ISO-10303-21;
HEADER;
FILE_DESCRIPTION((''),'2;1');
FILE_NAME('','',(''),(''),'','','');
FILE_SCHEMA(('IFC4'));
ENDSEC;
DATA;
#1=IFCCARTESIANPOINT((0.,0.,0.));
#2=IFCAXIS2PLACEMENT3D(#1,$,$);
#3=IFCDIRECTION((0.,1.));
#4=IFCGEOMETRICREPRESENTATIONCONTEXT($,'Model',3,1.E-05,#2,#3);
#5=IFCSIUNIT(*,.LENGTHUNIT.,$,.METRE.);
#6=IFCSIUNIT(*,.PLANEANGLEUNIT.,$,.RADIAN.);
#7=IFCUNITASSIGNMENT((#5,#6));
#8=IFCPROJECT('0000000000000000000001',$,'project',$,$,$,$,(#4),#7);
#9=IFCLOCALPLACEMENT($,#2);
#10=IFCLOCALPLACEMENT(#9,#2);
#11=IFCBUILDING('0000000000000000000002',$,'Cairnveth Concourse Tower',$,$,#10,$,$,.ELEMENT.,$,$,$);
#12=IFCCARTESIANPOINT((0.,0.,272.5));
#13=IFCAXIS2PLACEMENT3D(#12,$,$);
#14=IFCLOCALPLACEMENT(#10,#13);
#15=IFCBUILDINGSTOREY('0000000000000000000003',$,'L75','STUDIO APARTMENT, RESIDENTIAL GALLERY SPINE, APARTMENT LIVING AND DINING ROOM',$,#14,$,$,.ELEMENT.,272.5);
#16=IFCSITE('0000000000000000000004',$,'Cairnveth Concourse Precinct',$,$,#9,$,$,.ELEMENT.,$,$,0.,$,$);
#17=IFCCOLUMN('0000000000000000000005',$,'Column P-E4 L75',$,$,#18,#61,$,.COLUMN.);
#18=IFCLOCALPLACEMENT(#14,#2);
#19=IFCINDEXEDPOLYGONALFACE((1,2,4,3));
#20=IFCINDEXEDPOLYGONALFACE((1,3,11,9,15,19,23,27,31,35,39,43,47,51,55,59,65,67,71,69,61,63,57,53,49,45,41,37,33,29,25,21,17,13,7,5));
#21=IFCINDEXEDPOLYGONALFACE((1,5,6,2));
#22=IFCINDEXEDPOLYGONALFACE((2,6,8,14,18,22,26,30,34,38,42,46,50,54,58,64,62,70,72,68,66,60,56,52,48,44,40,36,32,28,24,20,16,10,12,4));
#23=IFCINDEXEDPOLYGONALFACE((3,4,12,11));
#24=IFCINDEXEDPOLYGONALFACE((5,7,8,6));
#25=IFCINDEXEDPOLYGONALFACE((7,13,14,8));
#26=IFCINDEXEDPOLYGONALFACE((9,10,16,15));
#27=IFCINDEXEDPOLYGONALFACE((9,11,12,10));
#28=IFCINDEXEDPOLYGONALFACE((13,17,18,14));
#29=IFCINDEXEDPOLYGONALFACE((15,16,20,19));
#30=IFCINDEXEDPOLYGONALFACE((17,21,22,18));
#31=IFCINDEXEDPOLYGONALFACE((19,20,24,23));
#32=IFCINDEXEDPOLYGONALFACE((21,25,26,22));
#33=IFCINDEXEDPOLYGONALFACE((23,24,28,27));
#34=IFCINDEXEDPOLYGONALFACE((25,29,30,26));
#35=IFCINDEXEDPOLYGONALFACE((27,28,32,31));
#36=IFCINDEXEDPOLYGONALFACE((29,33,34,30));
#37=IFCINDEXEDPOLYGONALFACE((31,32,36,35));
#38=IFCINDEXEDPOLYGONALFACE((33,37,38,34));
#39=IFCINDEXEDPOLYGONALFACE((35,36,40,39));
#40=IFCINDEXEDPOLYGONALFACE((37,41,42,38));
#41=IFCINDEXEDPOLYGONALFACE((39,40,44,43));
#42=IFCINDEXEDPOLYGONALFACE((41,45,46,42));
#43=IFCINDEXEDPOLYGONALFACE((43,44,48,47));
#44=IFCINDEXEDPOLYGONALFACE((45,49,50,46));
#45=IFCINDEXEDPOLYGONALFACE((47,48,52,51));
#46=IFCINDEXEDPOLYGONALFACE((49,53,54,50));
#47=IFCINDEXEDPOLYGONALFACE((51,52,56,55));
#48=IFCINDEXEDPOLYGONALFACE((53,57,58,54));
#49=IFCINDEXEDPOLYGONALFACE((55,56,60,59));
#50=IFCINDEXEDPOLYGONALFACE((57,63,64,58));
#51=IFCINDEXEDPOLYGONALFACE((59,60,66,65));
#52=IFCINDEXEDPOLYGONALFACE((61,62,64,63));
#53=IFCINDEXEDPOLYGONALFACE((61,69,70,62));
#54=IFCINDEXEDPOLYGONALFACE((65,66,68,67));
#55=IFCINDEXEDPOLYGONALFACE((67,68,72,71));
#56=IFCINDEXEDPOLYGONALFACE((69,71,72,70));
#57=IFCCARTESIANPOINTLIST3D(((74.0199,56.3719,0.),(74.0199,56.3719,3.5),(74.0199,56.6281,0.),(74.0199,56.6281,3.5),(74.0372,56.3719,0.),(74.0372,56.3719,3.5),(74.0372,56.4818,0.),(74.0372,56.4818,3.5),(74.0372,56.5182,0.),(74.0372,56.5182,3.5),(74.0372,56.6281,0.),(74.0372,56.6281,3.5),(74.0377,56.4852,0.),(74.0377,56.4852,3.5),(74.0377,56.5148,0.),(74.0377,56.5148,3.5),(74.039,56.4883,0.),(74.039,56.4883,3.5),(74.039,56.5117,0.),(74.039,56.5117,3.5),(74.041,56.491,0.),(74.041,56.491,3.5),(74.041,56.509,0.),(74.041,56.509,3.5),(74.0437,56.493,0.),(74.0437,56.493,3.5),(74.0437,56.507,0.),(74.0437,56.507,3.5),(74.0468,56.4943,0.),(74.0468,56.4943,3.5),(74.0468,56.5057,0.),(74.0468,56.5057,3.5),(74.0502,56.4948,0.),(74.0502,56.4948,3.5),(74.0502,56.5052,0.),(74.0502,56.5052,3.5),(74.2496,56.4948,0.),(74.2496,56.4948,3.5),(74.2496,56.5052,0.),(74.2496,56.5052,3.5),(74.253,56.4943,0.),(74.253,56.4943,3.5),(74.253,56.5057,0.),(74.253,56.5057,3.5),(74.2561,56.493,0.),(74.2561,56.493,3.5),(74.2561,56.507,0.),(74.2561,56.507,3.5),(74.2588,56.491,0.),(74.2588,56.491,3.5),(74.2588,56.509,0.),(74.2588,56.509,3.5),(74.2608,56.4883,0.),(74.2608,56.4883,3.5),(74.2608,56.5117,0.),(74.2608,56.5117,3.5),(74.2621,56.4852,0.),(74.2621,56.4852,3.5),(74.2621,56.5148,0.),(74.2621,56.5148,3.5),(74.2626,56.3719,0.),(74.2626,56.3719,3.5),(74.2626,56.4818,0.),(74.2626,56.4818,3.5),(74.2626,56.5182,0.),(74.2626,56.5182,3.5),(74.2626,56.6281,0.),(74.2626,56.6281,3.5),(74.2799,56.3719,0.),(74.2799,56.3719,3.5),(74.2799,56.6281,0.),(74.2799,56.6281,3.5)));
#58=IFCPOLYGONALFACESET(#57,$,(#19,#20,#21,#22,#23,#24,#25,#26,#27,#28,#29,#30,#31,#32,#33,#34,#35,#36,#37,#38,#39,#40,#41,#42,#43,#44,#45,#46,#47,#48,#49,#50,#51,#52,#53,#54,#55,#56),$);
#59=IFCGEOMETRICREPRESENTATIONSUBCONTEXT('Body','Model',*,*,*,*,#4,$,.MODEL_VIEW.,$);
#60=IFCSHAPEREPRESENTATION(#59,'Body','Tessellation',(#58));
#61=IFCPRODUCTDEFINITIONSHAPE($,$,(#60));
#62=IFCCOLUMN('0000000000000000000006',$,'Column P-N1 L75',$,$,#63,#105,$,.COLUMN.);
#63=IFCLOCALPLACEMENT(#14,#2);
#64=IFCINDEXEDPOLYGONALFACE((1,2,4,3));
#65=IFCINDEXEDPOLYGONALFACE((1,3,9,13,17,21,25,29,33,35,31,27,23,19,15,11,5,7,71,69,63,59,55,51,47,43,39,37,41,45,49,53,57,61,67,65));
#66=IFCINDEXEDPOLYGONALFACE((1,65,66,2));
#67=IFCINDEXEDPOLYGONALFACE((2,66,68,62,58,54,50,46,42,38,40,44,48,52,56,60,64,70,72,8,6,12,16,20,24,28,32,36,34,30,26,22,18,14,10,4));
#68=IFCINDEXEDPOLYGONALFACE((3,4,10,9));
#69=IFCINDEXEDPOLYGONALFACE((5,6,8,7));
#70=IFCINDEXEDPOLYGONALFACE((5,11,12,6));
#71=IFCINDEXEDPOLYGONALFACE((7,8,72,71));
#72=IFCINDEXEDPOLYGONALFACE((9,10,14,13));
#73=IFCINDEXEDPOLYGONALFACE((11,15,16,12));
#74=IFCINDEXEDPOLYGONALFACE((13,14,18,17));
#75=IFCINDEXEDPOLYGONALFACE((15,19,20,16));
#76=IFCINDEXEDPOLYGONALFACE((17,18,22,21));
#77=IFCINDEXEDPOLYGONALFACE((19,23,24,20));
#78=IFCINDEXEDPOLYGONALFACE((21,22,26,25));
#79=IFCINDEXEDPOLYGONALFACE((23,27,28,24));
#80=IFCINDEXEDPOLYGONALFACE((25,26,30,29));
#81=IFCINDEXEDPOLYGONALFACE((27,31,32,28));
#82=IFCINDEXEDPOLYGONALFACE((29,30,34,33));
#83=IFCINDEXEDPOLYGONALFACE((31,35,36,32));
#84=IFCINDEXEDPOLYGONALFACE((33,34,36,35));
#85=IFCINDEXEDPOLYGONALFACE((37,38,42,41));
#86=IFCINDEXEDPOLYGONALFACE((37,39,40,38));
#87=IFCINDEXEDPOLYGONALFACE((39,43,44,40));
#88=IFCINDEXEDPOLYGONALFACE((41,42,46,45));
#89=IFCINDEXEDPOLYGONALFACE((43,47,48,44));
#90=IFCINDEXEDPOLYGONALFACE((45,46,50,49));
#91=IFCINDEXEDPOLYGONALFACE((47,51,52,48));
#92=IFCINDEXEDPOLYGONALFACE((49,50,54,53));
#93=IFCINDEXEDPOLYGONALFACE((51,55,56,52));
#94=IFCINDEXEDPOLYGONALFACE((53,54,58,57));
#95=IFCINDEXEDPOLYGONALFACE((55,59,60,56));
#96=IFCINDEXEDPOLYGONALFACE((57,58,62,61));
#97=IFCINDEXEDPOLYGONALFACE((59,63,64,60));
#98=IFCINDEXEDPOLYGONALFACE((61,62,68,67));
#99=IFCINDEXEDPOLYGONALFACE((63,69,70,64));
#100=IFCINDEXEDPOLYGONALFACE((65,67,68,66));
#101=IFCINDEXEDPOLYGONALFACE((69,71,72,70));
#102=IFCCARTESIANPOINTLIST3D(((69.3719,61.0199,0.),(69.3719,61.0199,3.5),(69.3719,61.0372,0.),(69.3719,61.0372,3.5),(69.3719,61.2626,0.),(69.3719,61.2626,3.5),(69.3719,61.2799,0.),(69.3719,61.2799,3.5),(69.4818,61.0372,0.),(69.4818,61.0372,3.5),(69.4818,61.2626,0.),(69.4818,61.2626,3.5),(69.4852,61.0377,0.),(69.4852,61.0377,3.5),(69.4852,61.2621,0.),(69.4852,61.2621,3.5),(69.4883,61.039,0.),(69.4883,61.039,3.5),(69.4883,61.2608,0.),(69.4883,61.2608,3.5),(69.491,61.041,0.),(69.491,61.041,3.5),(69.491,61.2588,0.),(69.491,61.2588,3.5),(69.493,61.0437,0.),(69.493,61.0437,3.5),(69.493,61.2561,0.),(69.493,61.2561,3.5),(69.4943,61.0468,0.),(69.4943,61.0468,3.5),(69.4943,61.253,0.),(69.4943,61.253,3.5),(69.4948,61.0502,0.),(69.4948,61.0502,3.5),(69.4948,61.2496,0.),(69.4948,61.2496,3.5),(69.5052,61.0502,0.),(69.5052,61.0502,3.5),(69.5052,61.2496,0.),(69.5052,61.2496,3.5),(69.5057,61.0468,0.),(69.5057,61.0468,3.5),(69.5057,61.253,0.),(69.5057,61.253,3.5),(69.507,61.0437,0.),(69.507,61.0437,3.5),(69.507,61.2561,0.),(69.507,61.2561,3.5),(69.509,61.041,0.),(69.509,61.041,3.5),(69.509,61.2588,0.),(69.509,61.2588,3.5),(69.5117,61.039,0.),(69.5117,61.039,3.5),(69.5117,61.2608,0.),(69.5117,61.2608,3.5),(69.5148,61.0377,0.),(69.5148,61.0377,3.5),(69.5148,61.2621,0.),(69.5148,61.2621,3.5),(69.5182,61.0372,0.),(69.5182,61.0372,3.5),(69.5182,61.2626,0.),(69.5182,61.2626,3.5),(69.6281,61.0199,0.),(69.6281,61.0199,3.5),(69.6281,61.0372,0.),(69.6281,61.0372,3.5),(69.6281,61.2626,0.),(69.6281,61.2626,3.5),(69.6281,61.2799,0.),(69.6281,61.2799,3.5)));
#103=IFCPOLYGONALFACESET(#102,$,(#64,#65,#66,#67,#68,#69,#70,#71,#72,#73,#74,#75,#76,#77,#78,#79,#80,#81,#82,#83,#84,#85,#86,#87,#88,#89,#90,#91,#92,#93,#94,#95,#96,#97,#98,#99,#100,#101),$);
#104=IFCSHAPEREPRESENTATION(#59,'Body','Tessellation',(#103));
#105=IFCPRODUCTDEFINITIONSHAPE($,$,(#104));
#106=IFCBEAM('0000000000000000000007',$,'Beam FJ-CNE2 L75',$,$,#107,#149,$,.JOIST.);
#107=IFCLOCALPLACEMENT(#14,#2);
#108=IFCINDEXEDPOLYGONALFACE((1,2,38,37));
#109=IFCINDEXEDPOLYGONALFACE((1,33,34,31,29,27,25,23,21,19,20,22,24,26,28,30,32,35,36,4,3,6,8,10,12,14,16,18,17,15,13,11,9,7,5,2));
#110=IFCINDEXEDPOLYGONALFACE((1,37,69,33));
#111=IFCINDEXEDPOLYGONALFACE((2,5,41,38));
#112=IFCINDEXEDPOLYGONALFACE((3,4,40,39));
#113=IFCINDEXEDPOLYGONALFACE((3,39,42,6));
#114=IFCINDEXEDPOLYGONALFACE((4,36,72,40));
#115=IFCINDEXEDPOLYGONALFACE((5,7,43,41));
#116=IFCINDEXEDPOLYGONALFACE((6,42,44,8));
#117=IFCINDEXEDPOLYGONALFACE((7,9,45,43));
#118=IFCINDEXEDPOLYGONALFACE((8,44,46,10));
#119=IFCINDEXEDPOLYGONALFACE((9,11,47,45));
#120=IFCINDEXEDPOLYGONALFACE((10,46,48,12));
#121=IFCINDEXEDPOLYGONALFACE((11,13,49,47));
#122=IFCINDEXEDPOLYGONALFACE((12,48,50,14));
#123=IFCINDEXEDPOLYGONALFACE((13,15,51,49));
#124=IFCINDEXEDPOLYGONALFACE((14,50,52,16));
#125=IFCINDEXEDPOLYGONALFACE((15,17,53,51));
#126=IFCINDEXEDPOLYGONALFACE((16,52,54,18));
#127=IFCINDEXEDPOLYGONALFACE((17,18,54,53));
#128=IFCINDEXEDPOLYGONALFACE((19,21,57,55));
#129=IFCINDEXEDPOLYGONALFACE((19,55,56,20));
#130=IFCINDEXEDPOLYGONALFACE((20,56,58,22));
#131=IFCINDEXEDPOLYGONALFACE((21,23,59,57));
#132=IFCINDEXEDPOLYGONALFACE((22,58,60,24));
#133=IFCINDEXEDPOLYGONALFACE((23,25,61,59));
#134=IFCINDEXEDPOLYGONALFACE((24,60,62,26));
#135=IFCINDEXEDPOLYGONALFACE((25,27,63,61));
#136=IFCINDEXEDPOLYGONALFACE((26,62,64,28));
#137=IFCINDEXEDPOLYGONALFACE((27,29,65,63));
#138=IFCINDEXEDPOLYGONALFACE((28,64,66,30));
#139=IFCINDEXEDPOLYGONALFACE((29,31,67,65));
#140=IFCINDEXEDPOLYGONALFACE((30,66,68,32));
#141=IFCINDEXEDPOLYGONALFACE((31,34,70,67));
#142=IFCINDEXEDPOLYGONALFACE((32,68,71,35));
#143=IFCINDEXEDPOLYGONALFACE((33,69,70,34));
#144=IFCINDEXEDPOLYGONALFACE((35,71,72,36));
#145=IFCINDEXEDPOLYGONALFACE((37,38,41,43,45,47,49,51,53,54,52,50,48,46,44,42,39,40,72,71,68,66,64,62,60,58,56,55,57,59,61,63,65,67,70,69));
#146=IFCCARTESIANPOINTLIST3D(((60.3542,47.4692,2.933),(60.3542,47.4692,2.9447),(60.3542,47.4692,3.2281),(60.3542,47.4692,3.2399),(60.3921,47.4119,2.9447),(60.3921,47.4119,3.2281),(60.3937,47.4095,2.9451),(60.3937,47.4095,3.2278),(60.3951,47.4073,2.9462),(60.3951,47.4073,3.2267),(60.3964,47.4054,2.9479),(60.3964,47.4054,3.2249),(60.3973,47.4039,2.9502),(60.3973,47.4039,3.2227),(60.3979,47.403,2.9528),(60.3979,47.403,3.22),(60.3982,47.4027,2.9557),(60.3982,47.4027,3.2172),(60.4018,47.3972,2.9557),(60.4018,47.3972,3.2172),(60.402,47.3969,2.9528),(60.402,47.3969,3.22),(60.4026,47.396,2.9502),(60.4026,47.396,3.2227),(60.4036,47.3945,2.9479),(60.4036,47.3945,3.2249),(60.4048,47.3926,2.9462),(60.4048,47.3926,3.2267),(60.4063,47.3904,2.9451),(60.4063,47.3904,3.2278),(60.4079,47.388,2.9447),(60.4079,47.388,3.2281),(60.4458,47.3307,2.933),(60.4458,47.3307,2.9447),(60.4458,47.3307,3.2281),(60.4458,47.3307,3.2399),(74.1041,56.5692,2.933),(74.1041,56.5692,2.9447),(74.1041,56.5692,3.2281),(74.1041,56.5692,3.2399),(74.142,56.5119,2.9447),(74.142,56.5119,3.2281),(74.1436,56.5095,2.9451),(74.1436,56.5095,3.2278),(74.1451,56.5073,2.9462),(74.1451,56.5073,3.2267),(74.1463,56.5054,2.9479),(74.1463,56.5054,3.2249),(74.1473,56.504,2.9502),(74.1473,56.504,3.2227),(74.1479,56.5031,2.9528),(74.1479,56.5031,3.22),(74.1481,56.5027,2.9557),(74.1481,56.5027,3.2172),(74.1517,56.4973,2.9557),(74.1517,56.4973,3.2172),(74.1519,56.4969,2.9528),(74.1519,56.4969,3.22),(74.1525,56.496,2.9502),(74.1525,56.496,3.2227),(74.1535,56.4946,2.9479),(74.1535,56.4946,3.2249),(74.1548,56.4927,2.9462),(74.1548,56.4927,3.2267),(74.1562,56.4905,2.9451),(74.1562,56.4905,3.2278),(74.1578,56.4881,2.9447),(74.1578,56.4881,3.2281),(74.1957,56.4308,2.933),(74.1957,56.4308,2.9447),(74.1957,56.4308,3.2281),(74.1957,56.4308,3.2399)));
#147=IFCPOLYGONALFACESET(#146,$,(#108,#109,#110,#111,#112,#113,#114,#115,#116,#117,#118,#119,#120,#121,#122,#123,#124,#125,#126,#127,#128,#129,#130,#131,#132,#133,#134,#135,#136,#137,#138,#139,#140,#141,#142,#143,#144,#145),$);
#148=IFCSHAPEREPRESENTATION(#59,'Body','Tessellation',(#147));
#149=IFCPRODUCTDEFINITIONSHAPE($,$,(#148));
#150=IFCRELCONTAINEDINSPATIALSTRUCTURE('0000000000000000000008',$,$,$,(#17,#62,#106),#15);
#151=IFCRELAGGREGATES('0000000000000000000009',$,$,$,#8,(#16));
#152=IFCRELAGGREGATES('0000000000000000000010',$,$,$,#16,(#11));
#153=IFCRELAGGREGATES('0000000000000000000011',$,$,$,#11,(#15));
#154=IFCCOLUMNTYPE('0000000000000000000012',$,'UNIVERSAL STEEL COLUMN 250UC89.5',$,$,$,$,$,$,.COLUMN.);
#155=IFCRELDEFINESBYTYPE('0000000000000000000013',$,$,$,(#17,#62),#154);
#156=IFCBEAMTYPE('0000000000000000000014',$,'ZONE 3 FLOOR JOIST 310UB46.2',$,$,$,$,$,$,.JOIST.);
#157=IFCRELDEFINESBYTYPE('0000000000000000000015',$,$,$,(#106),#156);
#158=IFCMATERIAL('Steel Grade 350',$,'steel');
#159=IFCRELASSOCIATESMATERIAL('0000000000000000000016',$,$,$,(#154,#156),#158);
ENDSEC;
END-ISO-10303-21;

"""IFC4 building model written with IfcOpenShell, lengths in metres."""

from ifc_helpers import new_model, si_unit, direction, frame, origin, origin_2d, place, context, subcontext, project, spatial, i_section, extrude, material, material_profile, profile_set, type_object, element, save


model = new_model("IFC4")

# Units and contexts
model_context = context("Model", 3, precision=1e-05, world=origin(), true_north=direction((0.0, 1.0)))
body_context = subcontext(model_context, "Body", "Model", "MODEL_VIEW")
ifc_project = project(units=[si_unit("LENGTHUNIT", "METRE"), si_unit("PLANEANGLEUNIT", "RADIAN")], contexts=[model_context])

# Site, building, storey
site_placement = place(None, origin())
site = spatial("IfcSite", under=ifc_project, at=site_placement, Name="Cairnveth Concourse Precinct", CompositionType="ELEMENT", RefElevation=0.0)
building_placement = place(site_placement, origin())
building = spatial("IfcBuilding", under=site, at=building_placement, Name="Cairnveth Concourse Tower", CompositionType="ELEMENT")
storey_placement = place(building_placement, frame((0.0, 0.0, 272.5)))
storey = spatial("IfcBuildingStorey", under=building, at=storey_placement, Name="L75", Description="STUDIO APARTMENT, RESIDENTIAL GALLERY SPINE, APARTMENT LIVING AND DINING ROOM", CompositionType="ELEMENT", Elevation=272.5)

# Columns
ifc_material_1 = material(Name="Steel Grade 350", Category="steel")
ifc_material_profile_1 = material_profile(ifc_material_1, i_section(OverallWidth=0.2561, OverallDepth=0.26, WebThickness=0.0105, FlangeThickness=0.0173, FilletRadius=0.0129, at=origin_2d()), Name="250UC89.5")
ifc_profile_set_1 = profile_set([ifc_material_profile_1], Name="Steel Grade 350")
column_type = type_object("IfcColumnType", Name="UNIVERSAL STEEL COLUMN 250UC89.5", PredefinedType="COLUMN", material=ifc_profile_set_1)
for number, where, z_axis, x_axis, name in (
    (1, (74.1499, 56.5, 0.0), (0.0, 0.0, 1.0), (0.0, 1.0, 0.0), "Column P-E4 L75"),
    (2, (69.5, 61.1499, 0.0), (0.0, 0.0, 1.0), (1.0, 0.0, 0.0), "Column P-N1 L75"),
):
    element("IfcColumn", number, at=place(storey_placement, frame(where, z_axis=z_axis, x_axis=x_axis)), inside=storey, type_object=column_type, Name=name, PredefinedType="COLUMN", context=body_context, shape_type="SweptSolid", body=[
        extrude(i_section(OverallWidth=0.2561, OverallDepth=0.26, WebThickness=0.0105, FlangeThickness=0.0173, FilletRadius=0.0129, at=origin_2d()), origin(), (0.0, 0.0, 1.0), 3.5),
    ])

# Beam
ifc_material_profile_2 = material_profile(ifc_material_1, i_section(OverallWidth=0.166, OverallDepth=0.3069, WebThickness=0.0066, FlangeThickness=0.0117, FilletRadius=0.011, at=origin_2d()), Name="310UB46.2")
ifc_profile_set_2 = profile_set([ifc_material_profile_2], Name="Steel Grade 350")
beam_type_1 = type_object("IfcBeamType", Name="ZONE 3 FLOOR JOIST 310UB46.2", PredefinedType="JOIST", material=ifc_profile_set_2)
beam_1_placement = place(storey_placement, frame((74.1499, 56.5, 3.0864), z_axis=(-0.833909, -0.551902, 0.0), x_axis=(0.551902, -0.833909, 0.0)))
element("IfcBeam", 3, at=beam_1_placement, inside=storey, type_object=beam_type_1, Name="Beam FJ-CNE2 L75", PredefinedType="JOIST", context=body_context, shape_type="SweptSolid", body=[
    extrude(i_section(OverallWidth=0.166, OverallDepth=0.3069, WebThickness=0.0066, FlangeThickness=0.0117, FilletRadius=0.011, at=origin_2d()), origin(), (0.0, 0.0, 1.0), 16.4885),
])

save(model, "model.ifc")
